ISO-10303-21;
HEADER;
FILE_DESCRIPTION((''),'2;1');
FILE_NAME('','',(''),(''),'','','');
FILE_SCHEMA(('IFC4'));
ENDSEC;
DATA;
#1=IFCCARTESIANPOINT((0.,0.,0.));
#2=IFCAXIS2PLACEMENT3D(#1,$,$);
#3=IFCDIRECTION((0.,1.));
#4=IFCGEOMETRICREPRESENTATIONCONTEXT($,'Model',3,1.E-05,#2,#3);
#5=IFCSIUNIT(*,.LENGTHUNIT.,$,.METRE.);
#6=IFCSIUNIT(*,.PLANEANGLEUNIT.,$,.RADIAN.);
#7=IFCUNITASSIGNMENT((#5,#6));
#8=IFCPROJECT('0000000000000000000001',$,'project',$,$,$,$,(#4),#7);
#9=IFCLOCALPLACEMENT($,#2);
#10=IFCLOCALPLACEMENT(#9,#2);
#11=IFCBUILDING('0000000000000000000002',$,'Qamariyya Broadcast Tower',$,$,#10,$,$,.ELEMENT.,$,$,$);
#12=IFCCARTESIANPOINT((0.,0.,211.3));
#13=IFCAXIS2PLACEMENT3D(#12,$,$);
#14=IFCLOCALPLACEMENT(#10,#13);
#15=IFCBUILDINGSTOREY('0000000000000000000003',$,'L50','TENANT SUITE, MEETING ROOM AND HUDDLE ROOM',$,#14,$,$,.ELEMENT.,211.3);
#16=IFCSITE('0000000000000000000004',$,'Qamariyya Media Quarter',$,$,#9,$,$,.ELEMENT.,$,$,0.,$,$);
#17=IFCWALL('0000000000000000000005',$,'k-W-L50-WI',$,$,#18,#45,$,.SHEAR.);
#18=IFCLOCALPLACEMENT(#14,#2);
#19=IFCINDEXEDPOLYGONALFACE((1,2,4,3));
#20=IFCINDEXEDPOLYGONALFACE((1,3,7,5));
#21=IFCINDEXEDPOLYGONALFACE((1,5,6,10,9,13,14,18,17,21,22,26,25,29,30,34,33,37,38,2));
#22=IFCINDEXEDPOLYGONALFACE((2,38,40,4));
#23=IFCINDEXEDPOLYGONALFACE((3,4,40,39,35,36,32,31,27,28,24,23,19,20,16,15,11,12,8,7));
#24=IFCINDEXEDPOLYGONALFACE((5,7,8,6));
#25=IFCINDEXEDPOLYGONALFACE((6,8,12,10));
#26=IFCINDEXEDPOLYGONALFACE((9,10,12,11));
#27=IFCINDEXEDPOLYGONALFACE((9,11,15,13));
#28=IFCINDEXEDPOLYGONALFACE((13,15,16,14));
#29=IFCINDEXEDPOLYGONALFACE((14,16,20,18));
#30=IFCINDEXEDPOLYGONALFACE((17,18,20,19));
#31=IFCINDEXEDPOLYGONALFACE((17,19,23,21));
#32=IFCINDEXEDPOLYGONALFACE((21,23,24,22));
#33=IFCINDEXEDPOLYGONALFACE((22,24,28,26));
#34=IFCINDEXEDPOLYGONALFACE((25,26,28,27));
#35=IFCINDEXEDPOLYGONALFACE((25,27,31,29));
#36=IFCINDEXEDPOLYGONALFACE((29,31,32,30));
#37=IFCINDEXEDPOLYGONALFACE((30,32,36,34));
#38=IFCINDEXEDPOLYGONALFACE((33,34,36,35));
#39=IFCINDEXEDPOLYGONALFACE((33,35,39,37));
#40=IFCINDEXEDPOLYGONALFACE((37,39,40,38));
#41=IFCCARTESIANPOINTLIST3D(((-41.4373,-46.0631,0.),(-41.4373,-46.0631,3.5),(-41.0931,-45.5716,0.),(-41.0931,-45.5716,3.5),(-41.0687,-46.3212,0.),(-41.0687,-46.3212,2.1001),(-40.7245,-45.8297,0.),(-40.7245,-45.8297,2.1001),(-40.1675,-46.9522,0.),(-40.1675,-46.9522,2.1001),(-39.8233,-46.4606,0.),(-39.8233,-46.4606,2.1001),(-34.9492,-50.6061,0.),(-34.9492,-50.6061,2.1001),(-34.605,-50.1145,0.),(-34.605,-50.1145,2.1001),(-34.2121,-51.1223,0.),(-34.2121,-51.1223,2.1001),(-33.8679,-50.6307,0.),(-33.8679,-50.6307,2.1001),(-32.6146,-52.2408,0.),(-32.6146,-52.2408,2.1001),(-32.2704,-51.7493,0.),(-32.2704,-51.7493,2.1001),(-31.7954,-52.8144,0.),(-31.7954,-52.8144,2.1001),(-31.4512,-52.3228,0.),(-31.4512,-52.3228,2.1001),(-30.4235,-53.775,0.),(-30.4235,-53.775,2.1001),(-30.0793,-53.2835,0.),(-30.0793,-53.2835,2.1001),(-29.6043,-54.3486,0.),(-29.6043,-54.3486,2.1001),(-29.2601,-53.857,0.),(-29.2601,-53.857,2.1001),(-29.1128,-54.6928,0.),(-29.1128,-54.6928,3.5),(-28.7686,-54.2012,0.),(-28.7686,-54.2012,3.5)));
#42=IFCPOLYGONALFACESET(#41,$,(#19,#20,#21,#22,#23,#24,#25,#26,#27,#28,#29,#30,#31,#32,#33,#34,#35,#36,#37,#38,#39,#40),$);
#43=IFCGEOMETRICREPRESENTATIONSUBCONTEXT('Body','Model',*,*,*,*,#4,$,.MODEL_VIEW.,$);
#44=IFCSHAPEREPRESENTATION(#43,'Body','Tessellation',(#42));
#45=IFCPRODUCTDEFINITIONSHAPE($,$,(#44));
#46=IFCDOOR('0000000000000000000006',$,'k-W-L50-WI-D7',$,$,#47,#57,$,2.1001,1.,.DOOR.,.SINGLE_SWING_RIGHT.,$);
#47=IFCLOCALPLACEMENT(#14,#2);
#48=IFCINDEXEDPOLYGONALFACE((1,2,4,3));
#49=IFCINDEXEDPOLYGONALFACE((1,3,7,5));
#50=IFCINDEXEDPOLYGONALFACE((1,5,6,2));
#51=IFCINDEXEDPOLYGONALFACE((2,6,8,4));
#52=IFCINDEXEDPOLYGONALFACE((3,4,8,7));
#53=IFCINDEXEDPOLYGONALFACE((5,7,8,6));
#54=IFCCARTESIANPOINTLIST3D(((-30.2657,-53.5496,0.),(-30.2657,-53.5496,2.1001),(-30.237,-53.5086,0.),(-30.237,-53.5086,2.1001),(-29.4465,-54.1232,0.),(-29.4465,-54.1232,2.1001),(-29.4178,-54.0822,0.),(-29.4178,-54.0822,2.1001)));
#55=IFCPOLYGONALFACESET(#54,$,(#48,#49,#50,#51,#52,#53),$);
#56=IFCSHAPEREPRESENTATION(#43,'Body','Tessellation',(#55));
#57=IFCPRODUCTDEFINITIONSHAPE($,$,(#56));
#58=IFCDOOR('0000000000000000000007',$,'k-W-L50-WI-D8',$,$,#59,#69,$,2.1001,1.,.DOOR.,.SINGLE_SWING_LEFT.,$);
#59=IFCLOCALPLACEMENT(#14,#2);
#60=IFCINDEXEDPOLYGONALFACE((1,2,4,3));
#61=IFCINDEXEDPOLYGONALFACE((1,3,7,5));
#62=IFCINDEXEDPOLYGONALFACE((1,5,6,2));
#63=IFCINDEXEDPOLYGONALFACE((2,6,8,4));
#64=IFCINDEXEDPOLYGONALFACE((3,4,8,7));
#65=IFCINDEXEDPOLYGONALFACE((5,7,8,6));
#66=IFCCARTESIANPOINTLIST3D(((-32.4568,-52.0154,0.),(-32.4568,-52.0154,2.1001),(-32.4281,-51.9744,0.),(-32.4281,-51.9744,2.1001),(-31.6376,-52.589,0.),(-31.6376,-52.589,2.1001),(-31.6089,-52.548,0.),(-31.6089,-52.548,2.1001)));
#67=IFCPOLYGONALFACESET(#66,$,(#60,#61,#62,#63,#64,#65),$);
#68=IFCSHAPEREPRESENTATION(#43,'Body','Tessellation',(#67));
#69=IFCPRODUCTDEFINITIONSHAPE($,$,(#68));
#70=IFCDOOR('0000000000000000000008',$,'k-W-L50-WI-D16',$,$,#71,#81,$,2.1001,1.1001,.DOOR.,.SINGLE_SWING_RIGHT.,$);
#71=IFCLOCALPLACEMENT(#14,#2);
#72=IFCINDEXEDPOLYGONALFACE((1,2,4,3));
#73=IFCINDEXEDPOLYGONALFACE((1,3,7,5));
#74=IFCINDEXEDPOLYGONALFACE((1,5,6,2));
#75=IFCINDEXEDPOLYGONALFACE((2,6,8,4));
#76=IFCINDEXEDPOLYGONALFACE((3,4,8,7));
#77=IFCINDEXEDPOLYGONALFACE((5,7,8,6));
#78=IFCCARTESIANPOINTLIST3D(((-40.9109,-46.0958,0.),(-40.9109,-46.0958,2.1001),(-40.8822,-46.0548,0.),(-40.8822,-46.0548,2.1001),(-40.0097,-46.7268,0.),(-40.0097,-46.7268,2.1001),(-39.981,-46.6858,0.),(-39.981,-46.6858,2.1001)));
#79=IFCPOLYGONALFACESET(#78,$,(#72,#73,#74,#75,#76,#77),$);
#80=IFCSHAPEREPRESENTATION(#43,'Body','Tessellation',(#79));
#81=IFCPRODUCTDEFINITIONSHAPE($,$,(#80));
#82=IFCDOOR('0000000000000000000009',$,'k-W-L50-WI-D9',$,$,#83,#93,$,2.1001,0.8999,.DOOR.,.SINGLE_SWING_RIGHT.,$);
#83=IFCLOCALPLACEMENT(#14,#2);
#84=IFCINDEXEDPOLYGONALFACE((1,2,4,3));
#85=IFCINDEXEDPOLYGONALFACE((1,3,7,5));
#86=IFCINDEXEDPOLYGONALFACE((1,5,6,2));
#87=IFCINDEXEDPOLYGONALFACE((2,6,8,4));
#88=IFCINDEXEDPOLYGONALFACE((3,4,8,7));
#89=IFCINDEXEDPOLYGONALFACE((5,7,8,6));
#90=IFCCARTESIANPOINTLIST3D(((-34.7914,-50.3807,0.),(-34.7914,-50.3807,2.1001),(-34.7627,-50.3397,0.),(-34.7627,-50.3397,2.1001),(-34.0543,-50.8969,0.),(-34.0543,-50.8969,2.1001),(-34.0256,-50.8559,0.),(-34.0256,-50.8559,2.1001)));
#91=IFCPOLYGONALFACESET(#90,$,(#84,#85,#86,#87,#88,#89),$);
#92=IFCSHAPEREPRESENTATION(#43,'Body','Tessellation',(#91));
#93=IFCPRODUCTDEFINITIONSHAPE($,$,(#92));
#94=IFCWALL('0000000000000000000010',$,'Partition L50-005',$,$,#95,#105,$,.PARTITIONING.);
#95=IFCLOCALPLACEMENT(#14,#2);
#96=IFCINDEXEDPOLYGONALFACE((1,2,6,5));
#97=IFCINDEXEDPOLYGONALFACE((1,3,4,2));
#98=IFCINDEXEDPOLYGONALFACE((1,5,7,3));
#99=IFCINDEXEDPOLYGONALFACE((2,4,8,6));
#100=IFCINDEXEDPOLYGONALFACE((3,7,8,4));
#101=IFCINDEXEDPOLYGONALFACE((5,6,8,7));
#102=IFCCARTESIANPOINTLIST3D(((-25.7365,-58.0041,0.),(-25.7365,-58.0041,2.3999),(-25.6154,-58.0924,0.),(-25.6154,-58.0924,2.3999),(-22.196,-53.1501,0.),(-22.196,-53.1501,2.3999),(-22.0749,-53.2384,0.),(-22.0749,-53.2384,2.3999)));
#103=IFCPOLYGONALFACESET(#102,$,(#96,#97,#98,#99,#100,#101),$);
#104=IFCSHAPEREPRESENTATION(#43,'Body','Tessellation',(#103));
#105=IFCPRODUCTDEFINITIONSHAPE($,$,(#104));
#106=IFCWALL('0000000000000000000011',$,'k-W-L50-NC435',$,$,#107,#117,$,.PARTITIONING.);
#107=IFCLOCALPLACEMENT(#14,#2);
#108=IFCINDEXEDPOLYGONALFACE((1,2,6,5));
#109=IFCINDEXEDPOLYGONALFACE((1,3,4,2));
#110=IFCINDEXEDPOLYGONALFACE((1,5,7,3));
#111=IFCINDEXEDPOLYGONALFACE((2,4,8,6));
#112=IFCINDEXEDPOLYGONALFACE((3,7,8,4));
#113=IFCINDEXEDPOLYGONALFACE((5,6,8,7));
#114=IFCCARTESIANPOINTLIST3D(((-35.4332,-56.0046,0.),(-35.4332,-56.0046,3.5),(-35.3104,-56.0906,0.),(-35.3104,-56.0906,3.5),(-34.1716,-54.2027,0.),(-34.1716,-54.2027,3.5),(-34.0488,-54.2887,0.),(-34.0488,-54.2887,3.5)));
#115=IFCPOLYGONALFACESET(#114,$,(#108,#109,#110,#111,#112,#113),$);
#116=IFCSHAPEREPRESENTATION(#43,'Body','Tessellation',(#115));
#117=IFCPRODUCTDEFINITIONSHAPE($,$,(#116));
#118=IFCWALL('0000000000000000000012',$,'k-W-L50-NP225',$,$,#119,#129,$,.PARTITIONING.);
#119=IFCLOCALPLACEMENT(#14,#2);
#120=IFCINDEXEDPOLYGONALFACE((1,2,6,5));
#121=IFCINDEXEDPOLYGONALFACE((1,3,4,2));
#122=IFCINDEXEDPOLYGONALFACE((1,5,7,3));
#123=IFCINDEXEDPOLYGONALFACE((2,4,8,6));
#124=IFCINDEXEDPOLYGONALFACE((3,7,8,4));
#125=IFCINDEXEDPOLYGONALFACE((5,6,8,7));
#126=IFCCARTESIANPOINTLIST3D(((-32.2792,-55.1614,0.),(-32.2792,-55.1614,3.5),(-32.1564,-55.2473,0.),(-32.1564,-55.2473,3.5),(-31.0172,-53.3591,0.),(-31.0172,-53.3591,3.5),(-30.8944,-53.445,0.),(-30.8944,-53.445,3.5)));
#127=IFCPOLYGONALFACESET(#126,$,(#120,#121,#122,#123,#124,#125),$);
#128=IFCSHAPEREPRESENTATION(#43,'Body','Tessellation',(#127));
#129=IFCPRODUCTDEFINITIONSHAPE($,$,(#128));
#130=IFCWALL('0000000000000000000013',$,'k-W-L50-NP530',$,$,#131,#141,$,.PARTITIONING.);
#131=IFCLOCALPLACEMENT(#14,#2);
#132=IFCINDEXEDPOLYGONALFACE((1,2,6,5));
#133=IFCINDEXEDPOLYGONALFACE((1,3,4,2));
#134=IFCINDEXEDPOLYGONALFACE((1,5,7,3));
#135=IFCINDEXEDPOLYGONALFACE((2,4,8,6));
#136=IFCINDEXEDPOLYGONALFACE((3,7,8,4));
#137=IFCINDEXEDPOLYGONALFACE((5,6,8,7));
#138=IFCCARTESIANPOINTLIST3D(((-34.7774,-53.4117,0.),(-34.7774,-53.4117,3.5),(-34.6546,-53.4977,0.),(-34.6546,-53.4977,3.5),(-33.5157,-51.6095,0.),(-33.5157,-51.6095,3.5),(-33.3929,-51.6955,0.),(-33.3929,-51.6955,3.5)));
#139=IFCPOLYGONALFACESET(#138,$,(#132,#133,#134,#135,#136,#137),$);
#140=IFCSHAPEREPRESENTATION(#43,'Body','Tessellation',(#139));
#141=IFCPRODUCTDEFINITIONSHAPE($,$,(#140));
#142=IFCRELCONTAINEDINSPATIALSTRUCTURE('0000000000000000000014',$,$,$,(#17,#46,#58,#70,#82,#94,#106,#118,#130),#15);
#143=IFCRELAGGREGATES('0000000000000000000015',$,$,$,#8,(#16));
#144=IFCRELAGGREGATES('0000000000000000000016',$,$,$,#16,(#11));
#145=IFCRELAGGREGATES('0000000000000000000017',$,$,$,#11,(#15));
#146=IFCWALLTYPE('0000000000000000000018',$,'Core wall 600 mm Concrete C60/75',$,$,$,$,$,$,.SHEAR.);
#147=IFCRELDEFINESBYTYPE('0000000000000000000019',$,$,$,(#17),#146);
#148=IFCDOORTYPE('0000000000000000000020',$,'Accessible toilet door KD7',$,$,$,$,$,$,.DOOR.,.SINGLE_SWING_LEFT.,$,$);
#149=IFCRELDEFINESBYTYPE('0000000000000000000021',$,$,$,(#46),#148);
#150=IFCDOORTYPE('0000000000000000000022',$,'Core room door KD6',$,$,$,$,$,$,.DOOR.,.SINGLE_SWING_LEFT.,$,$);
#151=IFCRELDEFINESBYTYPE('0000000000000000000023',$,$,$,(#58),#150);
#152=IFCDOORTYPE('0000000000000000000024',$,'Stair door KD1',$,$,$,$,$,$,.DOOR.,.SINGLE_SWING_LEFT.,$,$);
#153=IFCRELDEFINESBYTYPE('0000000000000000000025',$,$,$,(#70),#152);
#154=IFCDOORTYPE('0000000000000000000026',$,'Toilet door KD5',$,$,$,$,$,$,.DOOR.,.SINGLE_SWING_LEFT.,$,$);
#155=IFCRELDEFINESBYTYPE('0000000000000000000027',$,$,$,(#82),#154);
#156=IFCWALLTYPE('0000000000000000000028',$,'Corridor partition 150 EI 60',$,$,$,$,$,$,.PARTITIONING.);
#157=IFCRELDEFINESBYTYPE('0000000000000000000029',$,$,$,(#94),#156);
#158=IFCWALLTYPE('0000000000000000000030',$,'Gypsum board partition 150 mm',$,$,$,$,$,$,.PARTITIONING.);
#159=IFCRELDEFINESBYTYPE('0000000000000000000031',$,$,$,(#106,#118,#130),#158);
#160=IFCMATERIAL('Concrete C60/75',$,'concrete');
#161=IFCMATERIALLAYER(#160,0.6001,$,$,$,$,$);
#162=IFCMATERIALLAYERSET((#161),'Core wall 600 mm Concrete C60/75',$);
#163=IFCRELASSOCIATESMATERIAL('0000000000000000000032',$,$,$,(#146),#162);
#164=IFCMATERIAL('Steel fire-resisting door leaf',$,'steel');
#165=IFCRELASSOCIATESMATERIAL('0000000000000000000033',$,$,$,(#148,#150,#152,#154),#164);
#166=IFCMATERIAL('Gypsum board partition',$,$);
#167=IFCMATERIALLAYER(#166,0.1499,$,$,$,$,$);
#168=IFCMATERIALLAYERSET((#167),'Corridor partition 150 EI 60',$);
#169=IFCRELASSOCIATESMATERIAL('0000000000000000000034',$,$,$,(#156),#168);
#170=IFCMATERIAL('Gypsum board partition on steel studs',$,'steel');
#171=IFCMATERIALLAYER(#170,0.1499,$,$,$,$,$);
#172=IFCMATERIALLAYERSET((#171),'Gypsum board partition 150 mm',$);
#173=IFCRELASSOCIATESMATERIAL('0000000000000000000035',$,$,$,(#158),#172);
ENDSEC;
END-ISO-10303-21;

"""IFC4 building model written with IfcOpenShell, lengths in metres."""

from ifc_helpers import new_model, si_unit, direction, frame, frame_2d, origin, place, context, subcontext, project, spatial, rectangle, extrude, material, layer, layer_set, type_object, element, fill, save


model = new_model("IFC4")

# Units and contexts
model_context = context("Model", 3, precision=1e-05, world=origin(), true_north=direction((0.0, 1.0)))
body_context = subcontext(model_context, "Body", "Model", "MODEL_VIEW")
ifc_project = project(units=[si_unit("LENGTHUNIT", "METRE"), si_unit("PLANEANGLEUNIT", "RADIAN")], contexts=[model_context])

# Site, building, storey
site_placement = place(None, origin())
site = spatial("IfcSite", under=ifc_project, at=site_placement, Name="Qamariyya Media Quarter", CompositionType="ELEMENT", RefElevation=0.0)
building_placement = place(site_placement, origin())
building = spatial("IfcBuilding", under=site, at=building_placement, Name="Qamariyya Broadcast Tower", CompositionType="ELEMENT")
storey_placement = place(building_placement, frame((0.0, 0.0, 211.3)))
storey = spatial("IfcBuildingStorey", under=building, at=storey_placement, Name="L50", Description="TENANT SUITE, MEETING ROOM AND HUDDLE ROOM", CompositionType="ELEMENT", Elevation=211.3)

# Shared definitions
ifc_material_1 = material(Name="Concrete C60/75", Category="concrete")

# Wall, openings, doors
ifc_layer_1 = layer(ifc_material_1, 0.6001)
ifc_layer_set_1 = layer_set([ifc_layer_1], Name="Core wall 600 mm Concrete C60/75")
wall_type_1 = type_object("IfcWallType", Name="Core wall 600 mm Concrete C60/75", PredefinedType="SHEAR", material=ifc_layer_set_1)
wall_1_placement = place(storey_placement, frame((-28.9407, -54.447, 0.0), z_axis=(0.0, 0.0, 1.0), x_axis=(-0.819153, 0.573575, 0.0)))
wall_1 = element("IfcWall", 1, at=wall_1_placement, inside=storey, type_object=wall_type_1, Name="k-W-L50-WI", PredefinedType="SHEAR", context=body_context, shape_type="SweptSolid", body=[
    extrude(rectangle(XDim=15.0454, YDim=0.6001, at=frame_2d((7.5227, 0.0))), origin(), (0.0, 0.0, 1.0), 3.5),
])
opening_1_placement = place(wall_1_placement, frame((0.6001, 0.0, 0.0)))
opening_1 = element("IfcOpeningElement", 2, at=opening_1_placement, cuts=wall_1, PredefinedType="OPENING", context=body_context, shape_type="SweptSolid", body=[
    extrude(rectangle(XDim=1.0, YDim=2.1001, at=frame_2d((0.5, 1.05))), frame((0.0, 0.3101, 0.0), z_axis=(0.0, -1.0, 0.0), x_axis=(1.0, 0.0, 0.0)), (0.0, 0.0, 1.0), 0.6201),
])
opening_2_placement = place(wall_1_placement, frame((3.2749, 0.0, 0.0)))
opening_2 = element("IfcOpeningElement", 3, at=opening_2_placement, cuts=wall_1, PredefinedType="OPENING", context=body_context, shape_type="SweptSolid", body=[
    extrude(rectangle(XDim=1.0, YDim=2.1001, at=frame_2d((0.5, 1.05))), frame((0.0, 0.3101, 0.0), z_axis=(0.0, -1.0, 0.0), x_axis=(1.0, 0.0, 0.0)), (0.0, 0.0, 1.0), 0.6201),
])
opening_3_placement = place(wall_1_placement, frame((6.2251, 0.0, 0.0)))
opening_3 = element("IfcOpeningElement", 4, at=opening_3_placement, cuts=wall_1, PredefinedType="OPENING", context=body_context, shape_type="SweptSolid", body=[
    extrude(rectangle(XDim=0.8999, YDim=2.1001, at=frame_2d((0.45, 1.05))), frame((0.0, 0.3101, 0.0), z_axis=(0.0, -1.0, 0.0), x_axis=(1.0, 0.0, 0.0)), (0.0, 0.0, 1.0), 0.6201),
])
opening_4_placement = place(wall_1_placement, frame((13.4954, 0.0, 0.0)))
opening_4 = element("IfcOpeningElement", 5, at=opening_4_placement, cuts=wall_1, PredefinedType="OPENING", context=body_context, shape_type="SweptSolid", body=[
    extrude(rectangle(XDim=1.1001, YDim=2.1001, at=frame_2d((0.55, 1.05))), frame((0.0, 0.3101, 0.0), z_axis=(0.0, -1.0, 0.0), x_axis=(1.0, 0.0, 0.0)), (0.0, 0.0, 1.0), 0.6201),
])
ifc_material_2 = material(Name="Steel fire-resisting door leaf", Category="steel")
door_type_1 = type_object("IfcDoorType", Name="Accessible toilet door KD7", OperationType="SINGLE_SWING_LEFT", PredefinedType="DOOR", material=ifc_material_2)
door_1_placement = place(opening_1_placement, origin())
door_1 = element("IfcDoor", 6, at=door_1_placement, inside=storey, type_object=door_type_1, Name="k-W-L50-WI-D7", OperationType="SINGLE_SWING_RIGHT", OverallHeight=2.1001, OverallWidth=1.0, PredefinedType="DOOR", context=body_context, shape_type="SweptSolid", body=[
    extrude(rectangle(XDim=1.0, YDim=2.1001, at=frame_2d((0.5, 1.05))), frame((0.0, 0.0249, 0.0), z_axis=(0.0, -1.0, 0.0), x_axis=(1.0, 0.0, 0.0)), (0.0, 0.0, 1.0), 0.05),
])
fill(opening_1, door_1)
door_type_2 = type_object("IfcDoorType", Name="Core room door KD6", OperationType="SINGLE_SWING_LEFT", PredefinedType="DOOR", material=ifc_material_2)
door_2_placement = place(opening_2_placement, origin())
door_2 = element("IfcDoor", 7, at=door_2_placement, inside=storey, type_object=door_type_2, Name="k-W-L50-WI-D8", OperationType="SINGLE_SWING_LEFT", OverallHeight=2.1001, OverallWidth=1.0, PredefinedType="DOOR", context=body_context, shape_type="SweptSolid", body=[
    extrude(rectangle(XDim=1.0, YDim=2.1001, at=frame_2d((0.5, 1.05))), frame((0.0, 0.0249, 0.0), z_axis=(0.0, -1.0, 0.0), x_axis=(1.0, 0.0, 0.0)), (0.0, 0.0, 1.0), 0.05),
])
fill(opening_2, door_2)
door_type_3 = type_object("IfcDoorType", Name="Stair door KD1", OperationType="SINGLE_SWING_LEFT", PredefinedType="DOOR", material=ifc_material_2)
door_3_placement = place(opening_4_placement, origin())
door_3 = element("IfcDoor", 8, at=door_3_placement, inside=storey, type_object=door_type_3, Name="k-W-L50-WI-D16", OperationType="SINGLE_SWING_RIGHT", OverallHeight=2.1001, OverallWidth=1.1001, PredefinedType="DOOR", context=body_context, shape_type="SweptSolid", body=[
    extrude(rectangle(XDim=1.1001, YDim=2.1001, at=frame_2d((0.55, 1.05))), frame((0.0, 0.0249, 0.0), z_axis=(0.0, -1.0, 0.0), x_axis=(1.0, 0.0, 0.0)), (0.0, 0.0, 1.0), 0.05),
])
fill(opening_4, door_3)
door_type_4 = type_object("IfcDoorType", Name="Toilet door KD5", OperationType="SINGLE_SWING_LEFT", PredefinedType="DOOR", material=ifc_material_2)
door_4_placement = place(opening_3_placement, origin())
door_4 = element("IfcDoor", 9, at=door_4_placement, inside=storey, type_object=door_type_4, Name="k-W-L50-WI-D9", OperationType="SINGLE_SWING_RIGHT", OverallHeight=2.1001, OverallWidth=0.8999, PredefinedType="DOOR", context=body_context, shape_type="SweptSolid", body=[
    extrude(rectangle(XDim=0.8999, YDim=2.1001, at=frame_2d((0.45, 1.05))), frame((0.0, 0.0249, 0.0), z_axis=(0.0, -1.0, 0.0), x_axis=(1.0, 0.0, 0.0)), (0.0, 0.0, 1.0), 0.05),
])
fill(opening_3, door_4)

# Walls
ifc_material_3 = material(Name="Gypsum board partition")
ifc_layer_2 = layer(ifc_material_3, 0.1499)
ifc_layer_set_2 = layer_set([ifc_layer_2], Name="Corridor partition 150 EI 60")
wall_type_2 = type_object("IfcWallType", Name="Corridor partition 150 EI 60", PredefinedType="PARTITIONING", material=ifc_layer_set_2)
wall_2_placement = place(storey_placement, frame((-22.1355, -53.1943, 0.0), z_axis=(0.0, 0.0, 1.0), x_axis=(-0.589297, -0.807916, 0.0)))
element("IfcWall", 10, at=wall_2_placement, inside=storey, type_object=wall_type_2, Name="Partition L50-005", PredefinedType="PARTITIONING", context=body_context, shape_type="SweptSolid", body=[
    extrude(rectangle(XDim=6.0081, YDim=0.1499, at=frame_2d((3.0039, 0.0))), origin(), (0.0, 0.0, 1.0), 2.3999),
])
ifc_material_4 = material(Name="Gypsum board partition on steel studs", Category="steel")
ifc_layer_3 = layer(ifc_material_4, 0.1499)
ifc_layer_set_3 = layer_set([ifc_layer_3], Name="Gypsum board partition 150 mm")
wall_type_3 = type_object("IfcWallType", Name="Gypsum board partition 150 mm", PredefinedType="PARTITIONING", material=ifc_layer_set_3)
wall_3_placement = place(storey_placement, frame((-35.3718, -56.0476, 0.0), z_axis=(0.0, 0.0, 1.0), x_axis=(0.573559, 0.819164, 0.0)))
element("IfcWall", 11, at=wall_3_placement, inside=storey, type_object=wall_type_3, Name="k-W-L50-NC435", PredefinedType="PARTITIONING", context=body_context, shape_type="SweptSolid", body=[
    extrude(rectangle(XDim=2.1997, YDim=0.1499, at=frame_2d((1.0999, 0.0))), origin(), (0.0, 0.0, 1.0), 3.5),
])
wall_4_placement = place(storey_placement, frame((-32.2178, -55.2043, 0.0), z_axis=(0.0, 0.0, 1.0), x_axis=(0.573581, 0.819149, 0.0)))
element("IfcWall", 12, at=wall_4_placement, inside=storey, type_object=wall_type_3, Name="k-W-L50-NP225", PredefinedType="PARTITIONING", context=body_context, shape_type="SweptSolid", body=[
    extrude(rectangle(XDim=2.2002, YDim=0.1499, at=frame_2d((1.1001, 0.0))), origin(), (0.0, 0.0, 1.0), 3.5),
])
wall_5_placement = place(storey_placement, frame((-34.7161, -53.4548, 0.0), z_axis=(0.0, 0.0, 1.0), x_axis=(0.573507, 0.819201, 0.0)))
element("IfcWall", 13, at=wall_5_placement, inside=storey, type_object=wall_type_3, Name="k-W-L50-NP530", PredefinedType="PARTITIONING", context=body_context, shape_type="SweptSolid", body=[
    extrude(rectangle(XDim=2.2, YDim=0.1499, at=frame_2d((1.1001, 0.0))), origin(), (0.0, 0.0, 1.0), 3.5),
])

save(model, "model.ifc")
